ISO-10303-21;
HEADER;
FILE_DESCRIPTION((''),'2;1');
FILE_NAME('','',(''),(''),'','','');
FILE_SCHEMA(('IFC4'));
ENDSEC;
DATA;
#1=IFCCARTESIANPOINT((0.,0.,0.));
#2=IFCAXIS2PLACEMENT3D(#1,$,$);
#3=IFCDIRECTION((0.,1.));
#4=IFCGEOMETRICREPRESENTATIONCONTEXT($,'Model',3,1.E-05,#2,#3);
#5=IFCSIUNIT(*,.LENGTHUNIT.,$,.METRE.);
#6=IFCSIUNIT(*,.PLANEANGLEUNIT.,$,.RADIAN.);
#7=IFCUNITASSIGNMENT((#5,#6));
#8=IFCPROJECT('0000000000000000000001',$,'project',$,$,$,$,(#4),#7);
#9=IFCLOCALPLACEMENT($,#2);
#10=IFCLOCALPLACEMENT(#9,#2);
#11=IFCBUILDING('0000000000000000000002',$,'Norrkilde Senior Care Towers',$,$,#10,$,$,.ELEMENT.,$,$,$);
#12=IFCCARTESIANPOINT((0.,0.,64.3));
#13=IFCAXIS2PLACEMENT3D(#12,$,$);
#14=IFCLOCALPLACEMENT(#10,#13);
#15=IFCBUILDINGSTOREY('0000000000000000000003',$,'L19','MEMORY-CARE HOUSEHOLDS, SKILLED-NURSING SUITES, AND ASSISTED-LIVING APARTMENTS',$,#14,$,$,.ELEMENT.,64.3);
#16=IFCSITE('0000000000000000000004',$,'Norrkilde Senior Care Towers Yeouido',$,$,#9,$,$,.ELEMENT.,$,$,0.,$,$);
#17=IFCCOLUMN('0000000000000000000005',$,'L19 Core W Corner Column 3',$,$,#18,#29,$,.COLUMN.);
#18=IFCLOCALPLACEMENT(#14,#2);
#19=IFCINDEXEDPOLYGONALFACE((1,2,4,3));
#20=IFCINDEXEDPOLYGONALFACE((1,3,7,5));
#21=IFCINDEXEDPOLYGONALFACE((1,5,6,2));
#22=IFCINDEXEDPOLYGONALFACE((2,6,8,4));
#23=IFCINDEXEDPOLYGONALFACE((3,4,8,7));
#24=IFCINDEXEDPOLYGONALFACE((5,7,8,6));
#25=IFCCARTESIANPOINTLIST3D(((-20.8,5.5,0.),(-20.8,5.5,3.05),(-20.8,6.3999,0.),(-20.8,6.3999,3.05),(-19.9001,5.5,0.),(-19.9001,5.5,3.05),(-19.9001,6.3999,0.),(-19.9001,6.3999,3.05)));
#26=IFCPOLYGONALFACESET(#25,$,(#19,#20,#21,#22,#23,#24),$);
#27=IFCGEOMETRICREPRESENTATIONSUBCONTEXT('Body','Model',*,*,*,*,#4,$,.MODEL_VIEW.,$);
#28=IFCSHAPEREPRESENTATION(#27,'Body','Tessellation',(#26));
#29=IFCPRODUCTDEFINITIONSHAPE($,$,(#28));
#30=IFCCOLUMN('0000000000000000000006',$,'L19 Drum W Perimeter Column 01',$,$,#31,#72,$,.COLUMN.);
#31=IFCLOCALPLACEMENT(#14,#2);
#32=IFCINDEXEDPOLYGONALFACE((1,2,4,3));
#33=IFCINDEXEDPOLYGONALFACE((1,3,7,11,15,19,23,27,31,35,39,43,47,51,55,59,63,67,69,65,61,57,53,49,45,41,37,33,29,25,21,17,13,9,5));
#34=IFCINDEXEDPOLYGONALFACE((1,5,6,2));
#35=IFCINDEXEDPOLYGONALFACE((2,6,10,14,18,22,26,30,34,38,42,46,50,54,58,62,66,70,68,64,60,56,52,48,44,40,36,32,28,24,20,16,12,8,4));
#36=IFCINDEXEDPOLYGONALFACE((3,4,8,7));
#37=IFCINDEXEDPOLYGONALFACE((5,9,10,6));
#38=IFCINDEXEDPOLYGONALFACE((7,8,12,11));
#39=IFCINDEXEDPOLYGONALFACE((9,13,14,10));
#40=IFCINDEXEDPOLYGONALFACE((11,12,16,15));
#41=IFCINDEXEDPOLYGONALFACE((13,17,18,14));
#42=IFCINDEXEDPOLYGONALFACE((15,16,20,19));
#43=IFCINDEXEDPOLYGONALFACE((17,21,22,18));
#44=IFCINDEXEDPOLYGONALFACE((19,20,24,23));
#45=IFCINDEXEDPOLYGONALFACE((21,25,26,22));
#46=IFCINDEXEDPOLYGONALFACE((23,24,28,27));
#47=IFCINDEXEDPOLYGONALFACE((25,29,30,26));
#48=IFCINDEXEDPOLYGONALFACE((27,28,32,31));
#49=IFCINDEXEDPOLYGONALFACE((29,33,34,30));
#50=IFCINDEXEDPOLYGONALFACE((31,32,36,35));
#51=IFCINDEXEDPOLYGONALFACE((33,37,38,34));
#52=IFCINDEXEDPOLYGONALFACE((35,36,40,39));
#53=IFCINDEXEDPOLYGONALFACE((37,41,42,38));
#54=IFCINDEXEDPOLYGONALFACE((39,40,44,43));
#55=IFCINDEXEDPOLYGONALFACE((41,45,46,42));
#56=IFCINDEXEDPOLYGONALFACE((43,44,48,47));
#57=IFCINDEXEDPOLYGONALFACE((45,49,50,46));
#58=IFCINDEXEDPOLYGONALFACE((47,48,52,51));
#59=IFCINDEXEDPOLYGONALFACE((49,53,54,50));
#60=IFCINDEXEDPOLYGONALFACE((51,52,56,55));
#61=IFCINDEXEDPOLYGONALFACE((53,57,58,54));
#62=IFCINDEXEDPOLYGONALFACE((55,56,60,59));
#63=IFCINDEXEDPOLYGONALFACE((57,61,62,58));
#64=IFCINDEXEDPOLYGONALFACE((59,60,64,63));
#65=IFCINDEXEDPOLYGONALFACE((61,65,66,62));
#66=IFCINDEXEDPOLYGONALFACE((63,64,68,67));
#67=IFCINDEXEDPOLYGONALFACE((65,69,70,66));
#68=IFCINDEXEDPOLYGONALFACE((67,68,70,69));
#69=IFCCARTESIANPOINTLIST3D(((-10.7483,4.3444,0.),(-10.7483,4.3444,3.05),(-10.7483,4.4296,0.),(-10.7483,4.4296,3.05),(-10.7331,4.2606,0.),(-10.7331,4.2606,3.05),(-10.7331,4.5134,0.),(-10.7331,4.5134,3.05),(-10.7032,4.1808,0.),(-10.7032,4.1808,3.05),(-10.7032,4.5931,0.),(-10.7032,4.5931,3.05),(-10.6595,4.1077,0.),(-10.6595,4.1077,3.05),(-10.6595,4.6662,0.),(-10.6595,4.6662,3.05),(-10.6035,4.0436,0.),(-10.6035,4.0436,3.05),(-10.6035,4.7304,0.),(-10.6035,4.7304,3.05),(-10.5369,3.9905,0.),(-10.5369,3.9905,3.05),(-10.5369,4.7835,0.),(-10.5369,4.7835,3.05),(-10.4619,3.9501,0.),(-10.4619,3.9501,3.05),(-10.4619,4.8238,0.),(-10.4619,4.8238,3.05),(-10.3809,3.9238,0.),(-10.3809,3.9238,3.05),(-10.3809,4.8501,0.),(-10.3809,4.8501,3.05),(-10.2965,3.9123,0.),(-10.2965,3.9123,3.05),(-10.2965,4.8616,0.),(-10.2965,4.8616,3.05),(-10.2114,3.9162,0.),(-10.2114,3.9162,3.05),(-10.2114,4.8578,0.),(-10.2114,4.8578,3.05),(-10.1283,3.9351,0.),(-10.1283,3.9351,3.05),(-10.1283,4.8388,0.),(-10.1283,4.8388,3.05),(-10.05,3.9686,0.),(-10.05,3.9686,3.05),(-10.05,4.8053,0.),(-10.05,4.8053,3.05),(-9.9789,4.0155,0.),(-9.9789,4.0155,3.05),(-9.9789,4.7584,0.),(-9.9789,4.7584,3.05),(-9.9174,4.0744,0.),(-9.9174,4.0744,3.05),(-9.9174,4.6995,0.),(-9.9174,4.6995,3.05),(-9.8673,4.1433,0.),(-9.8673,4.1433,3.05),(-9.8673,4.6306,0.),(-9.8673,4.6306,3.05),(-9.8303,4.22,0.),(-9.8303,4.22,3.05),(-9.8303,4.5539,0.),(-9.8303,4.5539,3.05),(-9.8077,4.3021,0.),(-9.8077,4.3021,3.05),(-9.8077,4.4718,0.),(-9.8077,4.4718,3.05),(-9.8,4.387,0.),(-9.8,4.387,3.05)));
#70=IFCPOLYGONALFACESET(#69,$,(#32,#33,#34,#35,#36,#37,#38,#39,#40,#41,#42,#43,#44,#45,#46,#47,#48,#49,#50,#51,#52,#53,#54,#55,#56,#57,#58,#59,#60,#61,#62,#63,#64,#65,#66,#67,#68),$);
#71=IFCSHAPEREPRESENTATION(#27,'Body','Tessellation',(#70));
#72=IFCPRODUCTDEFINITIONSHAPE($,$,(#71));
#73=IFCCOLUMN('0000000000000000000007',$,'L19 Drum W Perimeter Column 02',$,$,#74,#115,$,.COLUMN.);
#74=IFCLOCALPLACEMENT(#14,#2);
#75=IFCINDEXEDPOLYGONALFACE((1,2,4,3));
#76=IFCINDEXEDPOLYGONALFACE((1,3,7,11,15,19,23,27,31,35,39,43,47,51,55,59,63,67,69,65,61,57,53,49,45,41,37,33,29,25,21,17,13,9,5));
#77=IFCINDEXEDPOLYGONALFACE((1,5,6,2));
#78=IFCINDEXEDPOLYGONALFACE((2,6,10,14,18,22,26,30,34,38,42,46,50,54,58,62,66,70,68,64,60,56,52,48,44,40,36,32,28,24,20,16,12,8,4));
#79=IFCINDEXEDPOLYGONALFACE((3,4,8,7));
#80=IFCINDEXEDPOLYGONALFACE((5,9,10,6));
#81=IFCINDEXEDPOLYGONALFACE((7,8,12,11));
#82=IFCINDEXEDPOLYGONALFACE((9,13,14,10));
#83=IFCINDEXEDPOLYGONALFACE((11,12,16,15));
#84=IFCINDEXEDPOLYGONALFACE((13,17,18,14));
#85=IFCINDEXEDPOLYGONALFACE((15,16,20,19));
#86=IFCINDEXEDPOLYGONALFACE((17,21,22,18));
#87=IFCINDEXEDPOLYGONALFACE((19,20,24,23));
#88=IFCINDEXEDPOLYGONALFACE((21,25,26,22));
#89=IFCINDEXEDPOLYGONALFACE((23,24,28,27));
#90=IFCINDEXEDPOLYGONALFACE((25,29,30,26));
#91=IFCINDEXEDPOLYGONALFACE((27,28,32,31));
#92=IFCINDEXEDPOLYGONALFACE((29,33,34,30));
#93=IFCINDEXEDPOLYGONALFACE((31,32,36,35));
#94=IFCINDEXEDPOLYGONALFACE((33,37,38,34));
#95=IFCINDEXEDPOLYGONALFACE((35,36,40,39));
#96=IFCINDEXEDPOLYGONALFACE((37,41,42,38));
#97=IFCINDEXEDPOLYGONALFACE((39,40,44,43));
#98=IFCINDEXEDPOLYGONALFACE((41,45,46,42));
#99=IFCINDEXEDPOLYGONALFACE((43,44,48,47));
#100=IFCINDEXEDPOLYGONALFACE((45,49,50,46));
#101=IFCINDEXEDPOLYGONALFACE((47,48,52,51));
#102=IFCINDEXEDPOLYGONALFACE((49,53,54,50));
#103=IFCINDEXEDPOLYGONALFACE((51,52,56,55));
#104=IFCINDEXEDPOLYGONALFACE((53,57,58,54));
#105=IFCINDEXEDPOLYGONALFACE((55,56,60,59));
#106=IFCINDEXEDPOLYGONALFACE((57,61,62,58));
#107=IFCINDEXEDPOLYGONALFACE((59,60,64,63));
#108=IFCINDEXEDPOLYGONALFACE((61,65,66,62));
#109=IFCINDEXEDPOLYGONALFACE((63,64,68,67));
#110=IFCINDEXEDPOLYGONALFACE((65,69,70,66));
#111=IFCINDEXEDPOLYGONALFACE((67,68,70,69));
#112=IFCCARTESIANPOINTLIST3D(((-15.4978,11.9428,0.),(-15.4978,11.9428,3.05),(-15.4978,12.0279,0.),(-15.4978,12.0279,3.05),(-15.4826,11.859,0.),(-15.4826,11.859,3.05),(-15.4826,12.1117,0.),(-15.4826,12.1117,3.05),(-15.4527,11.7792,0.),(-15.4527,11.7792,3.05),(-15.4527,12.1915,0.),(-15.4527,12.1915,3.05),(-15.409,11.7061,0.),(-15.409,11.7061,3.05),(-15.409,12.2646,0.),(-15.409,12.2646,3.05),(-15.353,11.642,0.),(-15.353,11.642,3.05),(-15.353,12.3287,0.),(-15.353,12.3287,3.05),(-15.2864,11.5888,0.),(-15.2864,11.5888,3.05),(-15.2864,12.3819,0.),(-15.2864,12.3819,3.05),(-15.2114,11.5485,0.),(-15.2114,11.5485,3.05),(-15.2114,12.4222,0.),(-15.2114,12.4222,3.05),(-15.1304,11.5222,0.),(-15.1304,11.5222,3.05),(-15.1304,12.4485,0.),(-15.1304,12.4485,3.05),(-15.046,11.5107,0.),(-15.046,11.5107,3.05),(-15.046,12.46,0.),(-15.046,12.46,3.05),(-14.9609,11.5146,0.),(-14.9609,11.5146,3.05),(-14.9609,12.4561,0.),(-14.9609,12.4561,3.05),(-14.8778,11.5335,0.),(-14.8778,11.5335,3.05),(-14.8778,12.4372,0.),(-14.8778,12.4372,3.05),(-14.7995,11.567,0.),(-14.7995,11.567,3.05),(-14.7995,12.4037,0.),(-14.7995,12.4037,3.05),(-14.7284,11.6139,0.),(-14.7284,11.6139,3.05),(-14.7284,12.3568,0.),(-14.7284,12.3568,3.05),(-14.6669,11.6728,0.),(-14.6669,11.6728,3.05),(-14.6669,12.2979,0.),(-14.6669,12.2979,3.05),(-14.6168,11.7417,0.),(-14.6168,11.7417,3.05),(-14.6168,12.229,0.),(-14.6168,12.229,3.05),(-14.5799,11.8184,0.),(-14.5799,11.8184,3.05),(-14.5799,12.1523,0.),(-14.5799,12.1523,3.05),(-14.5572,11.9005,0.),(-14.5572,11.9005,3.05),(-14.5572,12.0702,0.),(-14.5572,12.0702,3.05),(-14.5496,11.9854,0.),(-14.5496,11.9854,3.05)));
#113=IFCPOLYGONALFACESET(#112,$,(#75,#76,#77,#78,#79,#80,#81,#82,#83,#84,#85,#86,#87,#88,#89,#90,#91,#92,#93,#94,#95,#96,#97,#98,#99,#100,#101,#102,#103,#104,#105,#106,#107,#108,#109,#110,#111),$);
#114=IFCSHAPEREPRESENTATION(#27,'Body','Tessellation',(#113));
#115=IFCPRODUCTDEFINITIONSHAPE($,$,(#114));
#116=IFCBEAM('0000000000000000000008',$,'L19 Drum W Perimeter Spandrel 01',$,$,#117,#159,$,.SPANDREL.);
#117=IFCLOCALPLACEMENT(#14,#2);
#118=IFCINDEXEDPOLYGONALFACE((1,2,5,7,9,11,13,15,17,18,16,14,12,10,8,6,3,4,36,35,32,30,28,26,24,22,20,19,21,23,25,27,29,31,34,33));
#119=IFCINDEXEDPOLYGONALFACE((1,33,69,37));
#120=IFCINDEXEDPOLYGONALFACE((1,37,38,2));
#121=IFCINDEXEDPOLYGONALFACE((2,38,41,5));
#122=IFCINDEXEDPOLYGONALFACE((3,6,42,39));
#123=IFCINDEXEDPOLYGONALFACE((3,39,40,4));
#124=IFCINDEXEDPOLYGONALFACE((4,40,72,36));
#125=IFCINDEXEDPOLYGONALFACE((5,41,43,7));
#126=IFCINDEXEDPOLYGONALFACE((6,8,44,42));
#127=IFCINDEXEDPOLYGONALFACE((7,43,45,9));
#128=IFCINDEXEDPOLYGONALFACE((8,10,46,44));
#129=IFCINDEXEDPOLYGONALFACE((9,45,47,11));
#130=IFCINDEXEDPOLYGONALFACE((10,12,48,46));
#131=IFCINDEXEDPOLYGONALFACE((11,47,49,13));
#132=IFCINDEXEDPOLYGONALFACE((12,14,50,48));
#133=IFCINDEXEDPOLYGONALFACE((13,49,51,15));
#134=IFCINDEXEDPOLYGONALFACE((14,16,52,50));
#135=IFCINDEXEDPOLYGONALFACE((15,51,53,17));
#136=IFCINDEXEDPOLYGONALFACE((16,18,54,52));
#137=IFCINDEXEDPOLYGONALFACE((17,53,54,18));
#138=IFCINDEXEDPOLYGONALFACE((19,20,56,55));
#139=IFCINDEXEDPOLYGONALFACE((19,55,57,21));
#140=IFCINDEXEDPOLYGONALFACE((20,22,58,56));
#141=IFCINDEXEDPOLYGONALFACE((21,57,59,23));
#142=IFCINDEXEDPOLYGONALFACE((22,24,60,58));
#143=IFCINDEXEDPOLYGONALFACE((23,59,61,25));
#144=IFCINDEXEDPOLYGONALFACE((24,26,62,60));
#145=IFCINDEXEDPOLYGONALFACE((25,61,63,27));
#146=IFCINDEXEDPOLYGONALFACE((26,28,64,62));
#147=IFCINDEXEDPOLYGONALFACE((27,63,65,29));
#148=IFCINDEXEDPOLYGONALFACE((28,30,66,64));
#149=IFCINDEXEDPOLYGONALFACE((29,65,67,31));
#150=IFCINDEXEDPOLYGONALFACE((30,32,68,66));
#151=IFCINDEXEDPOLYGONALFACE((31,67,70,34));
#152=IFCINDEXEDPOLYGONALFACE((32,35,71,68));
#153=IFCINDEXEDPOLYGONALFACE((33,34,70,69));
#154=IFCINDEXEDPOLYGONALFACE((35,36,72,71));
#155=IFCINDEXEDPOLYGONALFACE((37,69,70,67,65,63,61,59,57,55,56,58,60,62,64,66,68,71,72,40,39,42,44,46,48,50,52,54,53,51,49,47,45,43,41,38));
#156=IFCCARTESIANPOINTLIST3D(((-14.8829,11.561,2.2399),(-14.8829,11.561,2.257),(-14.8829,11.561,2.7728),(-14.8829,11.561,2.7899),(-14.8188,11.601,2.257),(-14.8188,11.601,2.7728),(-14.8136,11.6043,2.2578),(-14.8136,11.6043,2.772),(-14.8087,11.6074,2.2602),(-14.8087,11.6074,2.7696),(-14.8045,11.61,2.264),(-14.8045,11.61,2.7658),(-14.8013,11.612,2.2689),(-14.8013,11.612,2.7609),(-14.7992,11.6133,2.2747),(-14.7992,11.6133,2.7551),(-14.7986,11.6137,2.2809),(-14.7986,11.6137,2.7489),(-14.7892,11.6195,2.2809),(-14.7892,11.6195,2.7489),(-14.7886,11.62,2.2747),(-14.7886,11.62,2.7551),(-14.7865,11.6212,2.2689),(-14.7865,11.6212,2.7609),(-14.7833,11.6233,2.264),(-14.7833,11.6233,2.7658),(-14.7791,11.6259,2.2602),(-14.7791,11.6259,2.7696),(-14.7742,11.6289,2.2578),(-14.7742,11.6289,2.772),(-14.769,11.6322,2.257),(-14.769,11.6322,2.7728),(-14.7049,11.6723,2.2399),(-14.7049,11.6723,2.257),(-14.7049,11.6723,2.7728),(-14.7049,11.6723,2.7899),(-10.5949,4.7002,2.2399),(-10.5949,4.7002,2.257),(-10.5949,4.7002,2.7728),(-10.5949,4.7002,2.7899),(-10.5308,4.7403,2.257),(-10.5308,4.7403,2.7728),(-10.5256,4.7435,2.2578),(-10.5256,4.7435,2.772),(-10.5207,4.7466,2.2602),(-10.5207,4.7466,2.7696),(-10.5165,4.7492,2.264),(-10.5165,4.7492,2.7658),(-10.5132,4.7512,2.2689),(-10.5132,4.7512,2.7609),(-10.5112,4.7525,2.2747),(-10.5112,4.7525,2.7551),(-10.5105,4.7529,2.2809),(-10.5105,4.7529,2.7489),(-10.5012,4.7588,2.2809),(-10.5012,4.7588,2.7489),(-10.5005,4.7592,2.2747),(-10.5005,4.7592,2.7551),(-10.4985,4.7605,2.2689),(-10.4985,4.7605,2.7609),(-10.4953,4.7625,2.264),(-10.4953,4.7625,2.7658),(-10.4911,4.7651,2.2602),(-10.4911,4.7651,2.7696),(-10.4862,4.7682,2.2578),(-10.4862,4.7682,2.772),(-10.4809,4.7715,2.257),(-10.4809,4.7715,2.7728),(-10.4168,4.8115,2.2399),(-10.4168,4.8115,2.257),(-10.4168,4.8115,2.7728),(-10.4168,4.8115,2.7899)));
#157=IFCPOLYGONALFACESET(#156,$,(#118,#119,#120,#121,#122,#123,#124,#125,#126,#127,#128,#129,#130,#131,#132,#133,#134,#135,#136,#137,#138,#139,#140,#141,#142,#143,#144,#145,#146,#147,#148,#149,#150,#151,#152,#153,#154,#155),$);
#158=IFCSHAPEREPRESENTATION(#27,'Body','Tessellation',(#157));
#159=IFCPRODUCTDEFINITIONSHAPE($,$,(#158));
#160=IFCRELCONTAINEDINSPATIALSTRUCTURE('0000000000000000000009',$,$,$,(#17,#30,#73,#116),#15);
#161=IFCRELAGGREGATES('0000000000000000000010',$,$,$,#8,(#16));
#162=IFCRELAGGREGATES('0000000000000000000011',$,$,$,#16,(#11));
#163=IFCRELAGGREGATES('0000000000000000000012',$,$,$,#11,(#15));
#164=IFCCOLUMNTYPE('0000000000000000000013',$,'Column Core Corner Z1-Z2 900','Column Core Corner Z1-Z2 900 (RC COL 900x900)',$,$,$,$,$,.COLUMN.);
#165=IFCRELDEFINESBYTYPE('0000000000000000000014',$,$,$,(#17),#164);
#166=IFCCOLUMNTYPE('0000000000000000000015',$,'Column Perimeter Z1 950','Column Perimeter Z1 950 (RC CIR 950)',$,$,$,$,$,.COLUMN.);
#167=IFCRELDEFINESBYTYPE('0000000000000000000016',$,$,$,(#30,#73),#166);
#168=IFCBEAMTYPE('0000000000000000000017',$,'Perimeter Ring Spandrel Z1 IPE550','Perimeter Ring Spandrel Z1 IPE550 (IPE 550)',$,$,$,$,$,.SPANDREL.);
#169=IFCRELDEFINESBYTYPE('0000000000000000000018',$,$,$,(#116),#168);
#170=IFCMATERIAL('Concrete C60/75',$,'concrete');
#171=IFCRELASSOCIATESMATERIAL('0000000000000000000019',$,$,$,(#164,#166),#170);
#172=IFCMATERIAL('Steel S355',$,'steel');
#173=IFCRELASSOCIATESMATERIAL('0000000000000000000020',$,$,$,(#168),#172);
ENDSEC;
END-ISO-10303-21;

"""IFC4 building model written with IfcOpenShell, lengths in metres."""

from ifc_helpers import new_model, si_unit, direction, frame, origin, origin_2d, place, context, subcontext, project, spatial, rectangle, circle, i_section, extrude, source, transform, mapped, material, material_profile, profile_set, type_object, type_shapes, element, save


model = new_model("IFC4")

# Units and contexts
model_context = context("Model", 3, precision=1e-05, world=origin(), true_north=direction((0.0, 1.0)))
body_context = subcontext(model_context, "Body", "Model", "MODEL_VIEW")
ifc_project = project(units=[si_unit("LENGTHUNIT", "METRE"), si_unit("PLANEANGLEUNIT", "RADIAN")], contexts=[model_context])

# Site, building, storey
site_placement = place(None, origin())
site = spatial("IfcSite", under=ifc_project, at=site_placement, Name="Norrkilde Senior Care Towers Yeouido", CompositionType="ELEMENT", RefElevation=0.0)
building_placement = place(site_placement, origin())
building = spatial("IfcBuilding", under=site, at=building_placement, Name="Norrkilde Senior Care Towers", CompositionType="ELEMENT")
storey_placement = place(building_placement, frame((0.0, 0.0, 64.3)))
storey = spatial("IfcBuildingStorey", under=building, at=storey_placement, Name="L19", Description="MEMORY-CARE HOUSEHOLDS, SKILLED-NURSING SUITES, AND ASSISTED-LIVING APARTMENTS", CompositionType="ELEMENT", Elevation=64.3)

# Columns
ifc_material_1 = material(Name="Concrete C60/75", Category="concrete")
ifc_material_profile_1 = material_profile(ifc_material_1, rectangle(XDim=0.8999, YDim=0.8999, at=origin_2d()), Name="RC COL 900x900")
ifc_profile_set_1 = profile_set([ifc_material_profile_1], Name="Concrete C60/75")
column_type_1 = type_object("IfcColumnType", Name="Column Core Corner Z1-Z2 900", Description="Column Core Corner Z1-Z2 900 (RC COL 900x900)", PredefinedType="COLUMN", material=ifc_profile_set_1)
shared_shape_1 = source(origin(), body_context, "Body", "SweptSolid", [
    extrude(rectangle(XDim=0.8999, YDim=0.8999, at=origin_2d()), origin(), (0.0, 0.0, 1.0), 3.05),
])
type_shapes(column_type_1, [shared_shape_1])
column_placement = place(storey_placement, frame((-20.3501, 5.95, 0.0), z_axis=(0.0, 0.0, 1.0), x_axis=(1.0, 0.0, 0.0)))
element("IfcColumn", 1, at=column_placement, inside=storey, type_object=column_type_1, Name="L19 Core W Corner Column 3", PredefinedType="COLUMN", context=body_context, shape_type="MappedRepresentation", body=[
    mapped(shared_shape_1, transform((0.0, 0.0, 0.0), x_axis=(1.0, 0.0, 0.0), y_axis=(0.0, 1.0, 0.0), z_axis=(0.0, 0.0, 1.0), scale=1.0)),
])
ifc_material_profile_2 = material_profile(ifc_material_1, circle(Radius=0.4751, at=origin_2d()), Name="RC CIR 950")
ifc_profile_set_2 = profile_set([ifc_material_profile_2], Name="Concrete C60/75")
column_type_2 = type_object("IfcColumnType", Name="Column Perimeter Z1 950", Description="Column Perimeter Z1 950 (RC CIR 950)", PredefinedType="COLUMN", material=ifc_profile_set_2)
shared_shape_2 = source(origin(), body_context, "Body", "SweptSolid", [
    extrude(circle(Radius=0.4751, at=origin_2d()), origin(), (0.0, 0.0, 1.0), 3.05),
])
type_shapes(column_type_2, [shared_shape_2])
for number, where, z_axis, x_axis, name in (
    (2, (-10.2751, 4.387, 0.0), (0.0, 0.0, 1.0), (1.0, 0.0, 0.0), "L19 Drum W Perimeter Column 01"),
    (3, (-15.0247, 11.9854, 0.0), (0.0, 0.0, 1.0), (1.0, 0.0, 0.0), "L19 Drum W Perimeter Column 02"),
):
    element("IfcColumn", number, at=place(storey_placement, frame(where, z_axis=z_axis, x_axis=x_axis)), inside=storey, type_object=column_type_2, Name=name, PredefinedType="COLUMN", context=body_context, shape_type="MappedRepresentation", body=[
        mapped(shared_shape_2, transform((0.0, 0.0, 0.0), x_axis=(1.0, 0.0, 0.0), y_axis=(0.0, 1.0, 0.0), z_axis=(0.0, 0.0, 1.0), scale=1.0)),
    ])

# Beam
ifc_material_2 = material(Name="Steel S355", Category="steel")
ifc_material_profile_3 = material_profile(ifc_material_2, i_section(OverallWidth=0.21, OverallDepth=0.55, WebThickness=0.011, FlangeThickness=0.0171, FilletRadius=0.0239, at=origin_2d()), Name="IPE 550")
ifc_profile_set_3 = profile_set([ifc_material_profile_3], Name="Steel S355")
beam_type_1 = type_object("IfcBeamType", Name="Perimeter Ring Spandrel Z1 IPE550", Description="Perimeter Ring Spandrel Z1 IPE550 (IPE 550)", PredefinedType="SPANDREL", material=ifc_profile_set_3)
shared_shape_3 = source(origin(), body_context, "Body", "SweptSolid", [
    extrude(i_section(OverallWidth=0.21, OverallDepth=0.55, WebThickness=0.011, FlangeThickness=0.0171, FilletRadius=0.0239, at=origin_2d()), origin(), (0.0, 0.0, 1.0), 8.0906),
])
beam_1_placement = place(storey_placement, frame((-10.5059, 4.7559, 2.5149), z_axis=(-0.530004, 0.847995, 0.0), x_axis=(-0.847995, -0.530004, 0.0)))
element("IfcBeam", 4, at=beam_1_placement, inside=storey, type_object=beam_type_1, Name="L19 Drum W Perimeter Spandrel 01", PredefinedType="SPANDREL", context=body_context, shape_type="MappedRepresentation", body=[
    mapped(shared_shape_3, transform((0.0, 0.0, 0.0), x_axis=(1.0, 0.0, 0.0), y_axis=(0.0, 1.0, 0.0), z_axis=(0.0, 0.0, 1.0), scale=1.0)),
])

save(model, "model.ifc")
